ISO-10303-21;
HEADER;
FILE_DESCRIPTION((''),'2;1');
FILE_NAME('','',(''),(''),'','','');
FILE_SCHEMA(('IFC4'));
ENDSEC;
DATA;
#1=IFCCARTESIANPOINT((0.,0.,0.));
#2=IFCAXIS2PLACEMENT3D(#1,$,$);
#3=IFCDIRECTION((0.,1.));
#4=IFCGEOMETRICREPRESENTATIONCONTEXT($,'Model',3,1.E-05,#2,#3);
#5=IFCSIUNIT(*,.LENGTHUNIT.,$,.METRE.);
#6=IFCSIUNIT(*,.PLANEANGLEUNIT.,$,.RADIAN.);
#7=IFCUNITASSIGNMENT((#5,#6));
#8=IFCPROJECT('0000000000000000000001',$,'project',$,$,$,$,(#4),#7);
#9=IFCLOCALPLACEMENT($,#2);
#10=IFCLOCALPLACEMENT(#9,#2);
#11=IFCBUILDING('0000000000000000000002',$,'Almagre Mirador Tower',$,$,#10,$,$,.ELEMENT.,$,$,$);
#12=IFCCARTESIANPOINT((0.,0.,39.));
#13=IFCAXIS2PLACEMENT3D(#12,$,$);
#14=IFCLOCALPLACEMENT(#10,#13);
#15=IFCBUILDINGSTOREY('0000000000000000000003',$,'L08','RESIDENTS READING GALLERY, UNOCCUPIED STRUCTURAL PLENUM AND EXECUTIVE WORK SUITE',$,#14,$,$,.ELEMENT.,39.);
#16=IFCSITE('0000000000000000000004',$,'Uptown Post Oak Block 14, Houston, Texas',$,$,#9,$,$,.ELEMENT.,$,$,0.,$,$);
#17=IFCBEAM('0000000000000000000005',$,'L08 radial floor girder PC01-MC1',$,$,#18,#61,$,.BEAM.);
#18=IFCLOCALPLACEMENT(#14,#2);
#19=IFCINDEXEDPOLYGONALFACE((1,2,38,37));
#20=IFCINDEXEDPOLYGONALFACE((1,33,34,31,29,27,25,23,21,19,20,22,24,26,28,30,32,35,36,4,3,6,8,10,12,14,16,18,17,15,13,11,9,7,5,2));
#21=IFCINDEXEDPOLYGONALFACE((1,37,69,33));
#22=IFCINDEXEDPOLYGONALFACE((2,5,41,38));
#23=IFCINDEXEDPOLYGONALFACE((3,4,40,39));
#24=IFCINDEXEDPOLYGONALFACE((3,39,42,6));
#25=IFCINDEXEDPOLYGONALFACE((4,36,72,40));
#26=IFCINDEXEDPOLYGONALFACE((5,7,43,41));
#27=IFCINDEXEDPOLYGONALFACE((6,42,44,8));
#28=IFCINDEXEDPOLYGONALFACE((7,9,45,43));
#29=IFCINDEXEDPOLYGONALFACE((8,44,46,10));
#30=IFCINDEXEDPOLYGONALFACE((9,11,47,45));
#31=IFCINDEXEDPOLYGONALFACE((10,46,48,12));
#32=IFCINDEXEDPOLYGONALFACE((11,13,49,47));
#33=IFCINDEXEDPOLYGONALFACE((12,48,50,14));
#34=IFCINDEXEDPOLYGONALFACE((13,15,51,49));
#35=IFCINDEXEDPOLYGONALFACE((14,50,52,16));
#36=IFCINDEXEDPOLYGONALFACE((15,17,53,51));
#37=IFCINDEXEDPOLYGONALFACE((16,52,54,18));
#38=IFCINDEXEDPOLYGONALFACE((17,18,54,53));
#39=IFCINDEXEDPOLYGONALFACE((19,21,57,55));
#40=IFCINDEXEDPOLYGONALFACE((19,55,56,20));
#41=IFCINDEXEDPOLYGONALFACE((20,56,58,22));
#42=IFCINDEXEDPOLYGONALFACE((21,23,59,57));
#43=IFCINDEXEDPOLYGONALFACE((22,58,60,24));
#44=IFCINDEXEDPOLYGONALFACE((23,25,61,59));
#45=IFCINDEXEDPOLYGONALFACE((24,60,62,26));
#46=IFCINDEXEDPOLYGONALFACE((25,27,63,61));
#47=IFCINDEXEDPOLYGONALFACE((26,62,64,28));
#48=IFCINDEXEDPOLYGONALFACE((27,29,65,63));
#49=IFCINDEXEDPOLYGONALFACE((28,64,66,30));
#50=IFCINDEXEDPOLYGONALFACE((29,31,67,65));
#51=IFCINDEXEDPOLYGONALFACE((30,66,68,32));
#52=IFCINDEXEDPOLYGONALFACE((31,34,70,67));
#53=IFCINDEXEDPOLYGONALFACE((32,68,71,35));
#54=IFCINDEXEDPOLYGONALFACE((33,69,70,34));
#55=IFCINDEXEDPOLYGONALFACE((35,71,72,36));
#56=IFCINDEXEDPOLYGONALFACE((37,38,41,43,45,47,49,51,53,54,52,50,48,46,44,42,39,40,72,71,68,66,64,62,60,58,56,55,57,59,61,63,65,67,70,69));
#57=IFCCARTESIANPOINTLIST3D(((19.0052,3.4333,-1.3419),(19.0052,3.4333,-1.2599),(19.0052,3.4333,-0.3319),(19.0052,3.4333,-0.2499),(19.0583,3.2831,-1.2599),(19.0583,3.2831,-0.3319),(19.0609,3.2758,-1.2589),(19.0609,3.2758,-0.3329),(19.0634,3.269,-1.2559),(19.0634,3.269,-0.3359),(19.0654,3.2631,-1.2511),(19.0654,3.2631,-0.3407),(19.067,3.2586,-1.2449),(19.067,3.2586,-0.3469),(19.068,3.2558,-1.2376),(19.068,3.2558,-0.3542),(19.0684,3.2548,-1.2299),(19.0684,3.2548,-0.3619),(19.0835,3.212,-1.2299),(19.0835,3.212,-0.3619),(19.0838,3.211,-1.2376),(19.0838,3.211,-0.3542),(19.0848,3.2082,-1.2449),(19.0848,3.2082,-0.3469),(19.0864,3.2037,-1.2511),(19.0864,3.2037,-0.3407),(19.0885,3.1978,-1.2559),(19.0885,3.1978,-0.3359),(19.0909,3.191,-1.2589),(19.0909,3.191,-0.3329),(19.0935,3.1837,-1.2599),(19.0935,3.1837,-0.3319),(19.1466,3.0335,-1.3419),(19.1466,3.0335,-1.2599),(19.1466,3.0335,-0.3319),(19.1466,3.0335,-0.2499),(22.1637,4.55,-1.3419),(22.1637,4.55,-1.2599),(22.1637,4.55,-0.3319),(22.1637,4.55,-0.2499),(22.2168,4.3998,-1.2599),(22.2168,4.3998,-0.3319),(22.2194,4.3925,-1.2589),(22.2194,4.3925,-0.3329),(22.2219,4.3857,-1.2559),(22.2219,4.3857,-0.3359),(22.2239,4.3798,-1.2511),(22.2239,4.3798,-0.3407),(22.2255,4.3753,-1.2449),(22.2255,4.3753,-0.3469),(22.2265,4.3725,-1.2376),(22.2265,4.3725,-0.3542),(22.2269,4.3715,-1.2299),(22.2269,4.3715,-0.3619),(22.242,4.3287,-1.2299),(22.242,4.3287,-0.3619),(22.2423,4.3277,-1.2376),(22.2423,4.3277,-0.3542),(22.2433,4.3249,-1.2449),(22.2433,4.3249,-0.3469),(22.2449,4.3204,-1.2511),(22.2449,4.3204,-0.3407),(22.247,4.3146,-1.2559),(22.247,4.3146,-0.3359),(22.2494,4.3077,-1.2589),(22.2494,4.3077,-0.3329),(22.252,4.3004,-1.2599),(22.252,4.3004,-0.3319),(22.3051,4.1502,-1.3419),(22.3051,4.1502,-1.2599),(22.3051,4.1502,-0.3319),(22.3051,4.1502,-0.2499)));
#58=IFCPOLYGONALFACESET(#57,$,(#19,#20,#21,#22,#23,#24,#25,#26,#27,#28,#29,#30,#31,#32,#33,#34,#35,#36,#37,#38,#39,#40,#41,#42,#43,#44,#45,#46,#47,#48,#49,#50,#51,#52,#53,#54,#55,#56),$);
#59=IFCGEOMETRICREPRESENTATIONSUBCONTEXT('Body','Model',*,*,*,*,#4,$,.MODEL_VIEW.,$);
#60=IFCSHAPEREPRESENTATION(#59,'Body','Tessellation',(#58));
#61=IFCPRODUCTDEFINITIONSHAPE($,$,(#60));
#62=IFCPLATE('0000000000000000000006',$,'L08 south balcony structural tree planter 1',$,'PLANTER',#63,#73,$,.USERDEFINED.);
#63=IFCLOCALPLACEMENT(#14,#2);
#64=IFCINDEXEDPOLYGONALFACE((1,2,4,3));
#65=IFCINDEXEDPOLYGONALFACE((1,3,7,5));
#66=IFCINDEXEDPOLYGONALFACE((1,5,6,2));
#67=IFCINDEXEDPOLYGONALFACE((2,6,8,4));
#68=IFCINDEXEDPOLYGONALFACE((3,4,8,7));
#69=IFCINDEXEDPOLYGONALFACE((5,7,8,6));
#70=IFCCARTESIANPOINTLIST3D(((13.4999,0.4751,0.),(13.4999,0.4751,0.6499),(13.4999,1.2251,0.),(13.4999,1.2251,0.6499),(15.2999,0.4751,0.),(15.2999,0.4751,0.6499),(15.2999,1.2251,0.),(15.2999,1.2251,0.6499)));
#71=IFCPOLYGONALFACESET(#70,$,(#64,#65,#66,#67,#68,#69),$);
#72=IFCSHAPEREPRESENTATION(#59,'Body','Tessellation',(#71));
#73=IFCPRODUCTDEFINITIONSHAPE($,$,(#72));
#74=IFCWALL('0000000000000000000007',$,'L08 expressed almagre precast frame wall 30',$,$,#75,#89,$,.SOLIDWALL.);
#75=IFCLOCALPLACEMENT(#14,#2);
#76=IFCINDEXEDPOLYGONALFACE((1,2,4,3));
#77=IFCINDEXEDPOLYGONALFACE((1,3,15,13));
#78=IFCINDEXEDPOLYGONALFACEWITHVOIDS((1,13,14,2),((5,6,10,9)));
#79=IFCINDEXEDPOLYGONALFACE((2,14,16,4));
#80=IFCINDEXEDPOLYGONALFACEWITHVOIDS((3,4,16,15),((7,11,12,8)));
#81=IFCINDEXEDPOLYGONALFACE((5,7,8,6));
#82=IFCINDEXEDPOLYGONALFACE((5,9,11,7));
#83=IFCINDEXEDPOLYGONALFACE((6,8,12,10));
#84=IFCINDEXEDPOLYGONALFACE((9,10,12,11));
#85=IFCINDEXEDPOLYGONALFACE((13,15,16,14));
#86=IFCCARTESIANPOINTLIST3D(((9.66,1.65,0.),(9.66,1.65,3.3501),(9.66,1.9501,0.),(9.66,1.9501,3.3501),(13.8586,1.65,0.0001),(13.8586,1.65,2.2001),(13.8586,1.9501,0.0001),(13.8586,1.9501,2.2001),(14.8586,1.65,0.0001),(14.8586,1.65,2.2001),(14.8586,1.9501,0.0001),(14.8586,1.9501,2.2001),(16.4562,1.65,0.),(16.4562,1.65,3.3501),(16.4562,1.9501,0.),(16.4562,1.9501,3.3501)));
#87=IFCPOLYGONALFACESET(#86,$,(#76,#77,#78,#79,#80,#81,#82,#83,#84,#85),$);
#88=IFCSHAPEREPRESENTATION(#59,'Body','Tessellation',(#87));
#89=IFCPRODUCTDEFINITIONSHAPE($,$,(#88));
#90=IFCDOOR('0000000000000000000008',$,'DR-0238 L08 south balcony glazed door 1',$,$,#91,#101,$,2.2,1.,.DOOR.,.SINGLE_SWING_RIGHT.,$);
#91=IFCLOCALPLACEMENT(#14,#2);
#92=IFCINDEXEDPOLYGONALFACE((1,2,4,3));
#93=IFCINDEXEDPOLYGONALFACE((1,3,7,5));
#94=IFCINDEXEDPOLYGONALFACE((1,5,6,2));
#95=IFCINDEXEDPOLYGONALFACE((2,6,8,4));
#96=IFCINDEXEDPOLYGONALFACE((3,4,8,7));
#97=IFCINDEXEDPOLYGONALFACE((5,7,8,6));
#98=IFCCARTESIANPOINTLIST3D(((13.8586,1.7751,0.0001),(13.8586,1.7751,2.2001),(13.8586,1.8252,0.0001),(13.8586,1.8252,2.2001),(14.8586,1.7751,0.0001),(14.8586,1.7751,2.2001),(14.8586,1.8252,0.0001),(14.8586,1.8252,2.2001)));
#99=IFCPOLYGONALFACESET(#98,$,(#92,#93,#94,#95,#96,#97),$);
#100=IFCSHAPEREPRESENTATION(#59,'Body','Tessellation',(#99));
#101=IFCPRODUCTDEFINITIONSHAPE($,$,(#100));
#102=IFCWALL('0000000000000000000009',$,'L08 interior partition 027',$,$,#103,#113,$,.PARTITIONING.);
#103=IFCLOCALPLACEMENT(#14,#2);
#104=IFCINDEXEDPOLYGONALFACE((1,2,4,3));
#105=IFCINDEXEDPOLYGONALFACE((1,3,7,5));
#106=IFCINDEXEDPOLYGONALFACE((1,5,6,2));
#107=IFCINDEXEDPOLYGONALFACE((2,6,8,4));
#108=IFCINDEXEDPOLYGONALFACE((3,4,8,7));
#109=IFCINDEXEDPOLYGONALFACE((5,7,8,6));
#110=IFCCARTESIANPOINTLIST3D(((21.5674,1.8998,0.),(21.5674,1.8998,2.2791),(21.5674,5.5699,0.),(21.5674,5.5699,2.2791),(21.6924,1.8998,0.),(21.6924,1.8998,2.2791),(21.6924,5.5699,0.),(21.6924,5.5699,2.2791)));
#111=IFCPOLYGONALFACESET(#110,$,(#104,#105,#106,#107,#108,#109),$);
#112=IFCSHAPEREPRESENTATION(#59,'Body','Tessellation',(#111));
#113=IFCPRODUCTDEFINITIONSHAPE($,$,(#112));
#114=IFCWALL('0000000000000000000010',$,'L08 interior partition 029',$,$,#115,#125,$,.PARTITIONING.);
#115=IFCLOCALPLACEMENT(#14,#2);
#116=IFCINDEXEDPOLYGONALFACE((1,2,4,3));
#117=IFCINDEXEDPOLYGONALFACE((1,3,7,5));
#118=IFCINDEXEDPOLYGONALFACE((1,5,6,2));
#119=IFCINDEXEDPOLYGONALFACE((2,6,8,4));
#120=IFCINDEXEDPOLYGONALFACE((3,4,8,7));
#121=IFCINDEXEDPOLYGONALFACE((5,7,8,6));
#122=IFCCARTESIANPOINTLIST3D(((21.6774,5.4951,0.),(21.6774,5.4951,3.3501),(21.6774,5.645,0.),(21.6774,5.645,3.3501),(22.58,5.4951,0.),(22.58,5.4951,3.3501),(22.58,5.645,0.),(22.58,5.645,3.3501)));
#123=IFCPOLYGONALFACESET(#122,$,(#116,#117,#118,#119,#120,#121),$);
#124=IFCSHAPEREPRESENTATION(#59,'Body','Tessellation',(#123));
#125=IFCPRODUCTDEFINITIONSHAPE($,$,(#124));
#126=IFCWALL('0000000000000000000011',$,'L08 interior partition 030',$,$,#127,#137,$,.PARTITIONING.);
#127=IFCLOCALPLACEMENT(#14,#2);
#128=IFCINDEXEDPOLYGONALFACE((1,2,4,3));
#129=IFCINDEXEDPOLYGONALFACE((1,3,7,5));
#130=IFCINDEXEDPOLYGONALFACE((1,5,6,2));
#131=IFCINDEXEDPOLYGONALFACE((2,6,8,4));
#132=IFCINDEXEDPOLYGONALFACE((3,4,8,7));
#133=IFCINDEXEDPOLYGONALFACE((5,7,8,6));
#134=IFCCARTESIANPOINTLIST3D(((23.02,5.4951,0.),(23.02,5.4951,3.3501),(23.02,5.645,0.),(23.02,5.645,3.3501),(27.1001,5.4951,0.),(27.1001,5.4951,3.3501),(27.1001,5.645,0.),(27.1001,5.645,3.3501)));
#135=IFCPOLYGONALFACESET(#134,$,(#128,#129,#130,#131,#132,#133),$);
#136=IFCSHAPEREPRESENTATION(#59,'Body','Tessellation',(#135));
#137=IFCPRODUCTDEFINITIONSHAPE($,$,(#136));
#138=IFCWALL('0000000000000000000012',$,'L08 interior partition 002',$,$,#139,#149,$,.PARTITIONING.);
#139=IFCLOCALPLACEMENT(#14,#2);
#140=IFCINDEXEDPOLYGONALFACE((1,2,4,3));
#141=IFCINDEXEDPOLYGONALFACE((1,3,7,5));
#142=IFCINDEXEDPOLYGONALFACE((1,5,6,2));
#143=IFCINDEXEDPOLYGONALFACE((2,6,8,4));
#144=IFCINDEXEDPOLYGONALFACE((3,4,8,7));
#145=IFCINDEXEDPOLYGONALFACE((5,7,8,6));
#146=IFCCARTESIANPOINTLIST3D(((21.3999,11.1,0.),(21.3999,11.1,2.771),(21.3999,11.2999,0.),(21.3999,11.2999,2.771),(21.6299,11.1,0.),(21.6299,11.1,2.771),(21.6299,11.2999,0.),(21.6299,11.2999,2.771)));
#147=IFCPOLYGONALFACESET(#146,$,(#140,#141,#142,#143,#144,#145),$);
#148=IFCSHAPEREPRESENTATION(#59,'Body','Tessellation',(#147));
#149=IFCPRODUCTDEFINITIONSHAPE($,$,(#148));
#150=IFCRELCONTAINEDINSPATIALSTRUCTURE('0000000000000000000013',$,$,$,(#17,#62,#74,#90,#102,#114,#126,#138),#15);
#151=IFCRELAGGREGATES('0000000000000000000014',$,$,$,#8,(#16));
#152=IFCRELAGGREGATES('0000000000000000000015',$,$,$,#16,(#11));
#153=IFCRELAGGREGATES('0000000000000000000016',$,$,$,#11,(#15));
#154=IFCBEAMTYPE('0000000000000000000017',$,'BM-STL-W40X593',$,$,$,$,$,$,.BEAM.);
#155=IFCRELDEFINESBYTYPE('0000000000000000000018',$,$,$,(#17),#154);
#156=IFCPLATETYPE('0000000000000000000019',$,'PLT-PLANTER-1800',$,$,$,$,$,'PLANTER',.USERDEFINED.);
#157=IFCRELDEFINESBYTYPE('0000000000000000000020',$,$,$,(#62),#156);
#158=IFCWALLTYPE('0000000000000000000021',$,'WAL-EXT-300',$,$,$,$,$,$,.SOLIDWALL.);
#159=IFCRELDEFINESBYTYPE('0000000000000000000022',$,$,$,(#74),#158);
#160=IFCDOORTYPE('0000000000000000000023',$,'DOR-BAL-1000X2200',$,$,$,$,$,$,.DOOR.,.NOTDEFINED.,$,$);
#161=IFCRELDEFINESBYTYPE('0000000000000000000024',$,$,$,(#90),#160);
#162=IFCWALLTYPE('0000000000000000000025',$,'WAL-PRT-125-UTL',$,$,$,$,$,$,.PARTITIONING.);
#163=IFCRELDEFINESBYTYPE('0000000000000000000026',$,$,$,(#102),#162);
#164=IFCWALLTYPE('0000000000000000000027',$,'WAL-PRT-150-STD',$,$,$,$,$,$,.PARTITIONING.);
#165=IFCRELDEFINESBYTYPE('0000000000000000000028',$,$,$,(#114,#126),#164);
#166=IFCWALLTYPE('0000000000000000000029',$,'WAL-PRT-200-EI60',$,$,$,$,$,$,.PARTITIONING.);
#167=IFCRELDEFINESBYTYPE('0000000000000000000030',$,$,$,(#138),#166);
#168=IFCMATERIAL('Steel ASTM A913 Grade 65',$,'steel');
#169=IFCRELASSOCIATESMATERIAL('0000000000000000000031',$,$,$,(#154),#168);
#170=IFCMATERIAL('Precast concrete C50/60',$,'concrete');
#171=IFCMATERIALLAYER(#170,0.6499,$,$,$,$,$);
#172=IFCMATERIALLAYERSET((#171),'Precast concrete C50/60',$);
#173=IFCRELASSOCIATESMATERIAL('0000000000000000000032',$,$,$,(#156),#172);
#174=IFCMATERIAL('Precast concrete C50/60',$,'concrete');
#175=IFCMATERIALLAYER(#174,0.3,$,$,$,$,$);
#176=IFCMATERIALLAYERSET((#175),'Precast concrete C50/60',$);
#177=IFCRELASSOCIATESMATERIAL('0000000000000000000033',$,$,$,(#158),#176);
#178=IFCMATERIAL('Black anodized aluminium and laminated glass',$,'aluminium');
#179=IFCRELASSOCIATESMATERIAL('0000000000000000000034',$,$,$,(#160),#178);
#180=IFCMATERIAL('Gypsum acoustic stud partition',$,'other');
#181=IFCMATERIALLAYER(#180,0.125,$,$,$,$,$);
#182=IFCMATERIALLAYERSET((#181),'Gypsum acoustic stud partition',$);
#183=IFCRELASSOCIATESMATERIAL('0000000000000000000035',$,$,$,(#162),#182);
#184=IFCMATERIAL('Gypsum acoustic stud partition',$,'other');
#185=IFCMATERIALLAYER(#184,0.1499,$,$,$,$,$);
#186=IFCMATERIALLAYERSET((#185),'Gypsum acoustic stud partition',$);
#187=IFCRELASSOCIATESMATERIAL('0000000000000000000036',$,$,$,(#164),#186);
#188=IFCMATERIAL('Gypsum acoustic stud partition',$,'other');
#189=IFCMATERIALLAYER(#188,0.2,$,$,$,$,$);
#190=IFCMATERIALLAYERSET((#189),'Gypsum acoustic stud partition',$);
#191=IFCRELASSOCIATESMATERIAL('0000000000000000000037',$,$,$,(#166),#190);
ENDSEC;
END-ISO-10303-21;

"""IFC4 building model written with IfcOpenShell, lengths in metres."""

from ifc_helpers import new_model, si_unit, direction, frame, frame_2d, origin, origin_2d, place, context, subcontext, project, spatial, rectangle, i_section, extrude, material, layer, layer_set, material_profile, profile_set, type_object, element, fill, save


model = new_model("IFC4")

# Units and contexts
model_context = context("Model", 3, precision=1e-05, world=origin(), true_north=direction((0.0, 1.0)))
body_context = subcontext(model_context, "Body", "Model", "MODEL_VIEW")
ifc_project = project(units=[si_unit("LENGTHUNIT", "METRE"), si_unit("PLANEANGLEUNIT", "RADIAN")], contexts=[model_context])

# Site, building, storey
site_placement = place(None, origin())
site = spatial("IfcSite", under=ifc_project, at=site_placement, Name="Uptown Post Oak Block 14, Houston, Texas", CompositionType="ELEMENT", RefElevation=0.0)
building_placement = place(site_placement, origin())
building = spatial("IfcBuilding", under=site, at=building_placement, Name="Almagre Mirador Tower", CompositionType="ELEMENT")
storey_placement = place(building_placement, frame((0.0, 0.0, 39.0)))
storey = spatial("IfcBuildingStorey", under=building, at=storey_placement, Name="L08", Description="RESIDENTS READING GALLERY, UNOCCUPIED STRUCTURAL PLENUM AND EXECUTIVE WORK SUITE", CompositionType="ELEMENT", Elevation=39.0)

# Beam
ifc_material_1 = material(Name="Steel ASTM A913 Grade 65", Category="steel")
ifc_material_profile_1 = material_profile(ifc_material_1, i_section(OverallWidth=0.4241, OverallDepth=1.092, WebThickness=0.0454, FlangeThickness=0.082, FilletRadius=0.03, at=origin_2d()), Name="W40X593")
ifc_profile_set_1 = profile_set([ifc_material_profile_1], Name="Steel ASTM A913 Grade 65")
beam_type_1 = type_object("IfcBeamType", Name="BM-STL-W40X593", PredefinedType="BEAM", material=ifc_profile_set_1)
beam_1_placement = place(storey_placement, frame((19.0759, 3.2334, -0.7959), z_axis=(0.942807, 0.333339, 0.0), x_axis=(-0.333339, 0.942807, 0.0)))
element("IfcBeam", 1, at=beam_1_placement, inside=storey, type_object=beam_type_1, Name="L08 radial floor girder PC01-MC1", PredefinedType="BEAM", context=body_context, shape_type="SweptSolid", body=[
    extrude(i_section(OverallWidth=0.4241, OverallDepth=1.092, WebThickness=0.0454, FlangeThickness=0.082, FilletRadius=0.03, at=origin_2d()), origin(), (0.0, 0.0, 1.0), 3.3501),
])

# Plate
ifc_material_2 = material(Name="Precast concrete C50/60", Category="concrete")
ifc_layer_1 = layer(ifc_material_2, 0.6499)
ifc_layer_set_1 = layer_set([ifc_layer_1], Name="Precast concrete C50/60")
plate_type = type_object("IfcPlateType", Name="PLT-PLANTER-1800", ElementType="PLANTER", PredefinedType="USERDEFINED", material=ifc_layer_set_1)
plate_placement = place(storey_placement, frame((14.3999, 0.8501, 0.0), z_axis=(0.0, 0.0, 1.0), x_axis=(1.0, 0.0, 0.0)))
element("IfcPlate", 2, at=plate_placement, inside=storey, type_object=plate_type, Name="L08 south balcony structural tree planter 1", ObjectType="PLANTER", PredefinedType="USERDEFINED", context=body_context, shape_type="SweptSolid", body=[
    extrude(rectangle(XDim=1.8, YDim=0.75, at=origin_2d()), origin(), (0.0, 0.0, 1.0), 0.6499),
])

# Wall, opening, door
ifc_material_3 = material(Name="Precast concrete C50/60", Category="concrete")
ifc_layer_2 = layer(ifc_material_3, 0.3)
ifc_layer_set_2 = layer_set([ifc_layer_2], Name="Precast concrete C50/60")
wall_type_1 = type_object("IfcWallType", Name="WAL-EXT-300", PredefinedType="SOLIDWALL", material=ifc_layer_set_2)
wall_1_placement = place(storey_placement, frame((16.4561, 1.8, 0.0), z_axis=(0.0, 0.0, 1.0), x_axis=(-1.0, 0.0, 0.0)))
wall_1 = element("IfcWall", 3, at=wall_1_placement, inside=storey, type_object=wall_type_1, Name="L08 expressed almagre precast frame wall 30", PredefinedType="SOLIDWALL", context=body_context, shape_type="SweptSolid", body=[
    extrude(rectangle(XDim=6.7961, YDim=0.3, at=frame_2d((3.3979, 0.0))), origin(), (0.0, 0.0, 1.0), 3.3501),
])
opening_1_placement = place(wall_1_placement, frame((1.5974, 0.0, 0.0)))
opening_1 = element("IfcOpeningElement", 4, at=opening_1_placement, cuts=wall_1, PredefinedType="OPENING", context=body_context, shape_type="SweptSolid", body=[
    extrude(rectangle(XDim=1.0, YDim=2.2, at=frame_2d((0.5, 1.1001))), frame((0.0, 0.1599, 0.0), z_axis=(0.0, -1.0, 0.0), x_axis=(1.0, 0.0, 0.0)), (0.0, 0.0, 1.0), 0.32),
])
ifc_material_4 = material(Name="Black anodized aluminium and laminated glass", Category="aluminium")
door_type_1 = type_object("IfcDoorType", Name="DOR-BAL-1000X2200", OperationType="NOTDEFINED", PredefinedType="DOOR", material=ifc_material_4)
door_1_placement = place(opening_1_placement, origin())
door_1 = element("IfcDoor", 5, at=door_1_placement, inside=storey, type_object=door_type_1, Name="DR-0238 L08 south balcony glazed door 1", OperationType="SINGLE_SWING_RIGHT", OverallHeight=2.2, OverallWidth=1.0, PredefinedType="DOOR", context=body_context, shape_type="SweptSolid", body=[
    extrude(rectangle(XDim=1.0, YDim=2.2, at=frame_2d((0.5, 1.1001))), frame((0.0, 0.0249, 0.0), z_axis=(0.0, -1.0, 0.0), x_axis=(1.0, 0.0, 0.0)), (0.0, 0.0, 1.0), 0.05),
])
fill(opening_1, door_1)

# Walls
ifc_material_5 = material(Name="Gypsum acoustic stud partition", Category="other")
ifc_layer_3 = layer(ifc_material_5, 0.125)
ifc_layer_set_3 = layer_set([ifc_layer_3], Name="Gypsum acoustic stud partition")
wall_type_2 = type_object("IfcWallType", Name="WAL-PRT-125-UTL", PredefinedType="PARTITIONING", material=ifc_layer_set_3)
wall_2_placement = place(storey_placement, frame((21.6299, 1.8999, 0.0), z_axis=(0.0, 0.0, 1.0), x_axis=(0.0, 1.0, 0.0)))
element("IfcWall", 6, at=wall_2_placement, inside=storey, type_object=wall_type_2, Name="L08 interior partition 027", PredefinedType="PARTITIONING", context=body_context, shape_type="SweptSolid", body=[
    extrude(rectangle(XDim=3.6702, YDim=0.125, at=frame_2d((1.835, 0.0))), origin(), (0.0, 0.0, 1.0), 2.2791),
])
ifc_material_6 = material(Name="Gypsum acoustic stud partition", Category="other")
ifc_layer_4 = layer(ifc_material_6, 0.1499)
ifc_layer_set_4 = layer_set([ifc_layer_4], Name="Gypsum acoustic stud partition")
wall_type_3 = type_object("IfcWallType", Name="WAL-PRT-150-STD", PredefinedType="PARTITIONING", material=ifc_layer_set_4)
wall_3_placement = place(storey_placement, frame((21.6775, 5.5701, 0.0), z_axis=(0.0, 0.0, 1.0), x_axis=(1.0, 0.0, 0.0)))
element("IfcWall", 7, at=wall_3_placement, inside=storey, type_object=wall_type_3, Name="L08 interior partition 029", PredefinedType="PARTITIONING", context=body_context, shape_type="SweptSolid", body=[
    extrude(rectangle(XDim=0.9026, YDim=0.1499, at=frame_2d((0.4512, 0.0))), origin(), (0.0, 0.0, 1.0), 3.3501),
])
wall_4_placement = place(storey_placement, frame((23.02, 5.5701, 0.0), z_axis=(0.0, 0.0, 1.0), x_axis=(1.0, 0.0, 0.0)))
element("IfcWall", 8, at=wall_4_placement, inside=storey, type_object=wall_type_3, Name="L08 interior partition 030", PredefinedType="PARTITIONING", context=body_context, shape_type="SweptSolid", body=[
    extrude(rectangle(XDim=4.0801, YDim=0.1499, at=frame_2d((2.04, 0.0))), origin(), (0.0, 0.0, 1.0), 3.3501),
])
ifc_material_7 = material(Name="Gypsum acoustic stud partition", Category="other")
ifc_layer_5 = layer(ifc_material_7, 0.2)
ifc_layer_set_5 = layer_set([ifc_layer_5], Name="Gypsum acoustic stud partition")
wall_type_4 = type_object("IfcWallType", Name="WAL-PRT-200-EI60", PredefinedType="PARTITIONING", material=ifc_layer_set_5)
wall_5_placement = place(storey_placement, frame((21.3999, 11.2, 0.0), z_axis=(0.0, 0.0, 1.0), x_axis=(1.0, 0.0, 0.0)))
element("IfcWall", 9, at=wall_5_placement, inside=storey, type_object=wall_type_4, Name="L08 interior partition 002", PredefinedType="PARTITIONING", context=body_context, shape_type="SweptSolid", body=[
    extrude(rectangle(XDim=0.23, YDim=0.2, at=frame_2d((0.115, 0.0))), origin(), (0.0, 0.0, 1.0), 2.771),
])

save(model, "model.ifc")
